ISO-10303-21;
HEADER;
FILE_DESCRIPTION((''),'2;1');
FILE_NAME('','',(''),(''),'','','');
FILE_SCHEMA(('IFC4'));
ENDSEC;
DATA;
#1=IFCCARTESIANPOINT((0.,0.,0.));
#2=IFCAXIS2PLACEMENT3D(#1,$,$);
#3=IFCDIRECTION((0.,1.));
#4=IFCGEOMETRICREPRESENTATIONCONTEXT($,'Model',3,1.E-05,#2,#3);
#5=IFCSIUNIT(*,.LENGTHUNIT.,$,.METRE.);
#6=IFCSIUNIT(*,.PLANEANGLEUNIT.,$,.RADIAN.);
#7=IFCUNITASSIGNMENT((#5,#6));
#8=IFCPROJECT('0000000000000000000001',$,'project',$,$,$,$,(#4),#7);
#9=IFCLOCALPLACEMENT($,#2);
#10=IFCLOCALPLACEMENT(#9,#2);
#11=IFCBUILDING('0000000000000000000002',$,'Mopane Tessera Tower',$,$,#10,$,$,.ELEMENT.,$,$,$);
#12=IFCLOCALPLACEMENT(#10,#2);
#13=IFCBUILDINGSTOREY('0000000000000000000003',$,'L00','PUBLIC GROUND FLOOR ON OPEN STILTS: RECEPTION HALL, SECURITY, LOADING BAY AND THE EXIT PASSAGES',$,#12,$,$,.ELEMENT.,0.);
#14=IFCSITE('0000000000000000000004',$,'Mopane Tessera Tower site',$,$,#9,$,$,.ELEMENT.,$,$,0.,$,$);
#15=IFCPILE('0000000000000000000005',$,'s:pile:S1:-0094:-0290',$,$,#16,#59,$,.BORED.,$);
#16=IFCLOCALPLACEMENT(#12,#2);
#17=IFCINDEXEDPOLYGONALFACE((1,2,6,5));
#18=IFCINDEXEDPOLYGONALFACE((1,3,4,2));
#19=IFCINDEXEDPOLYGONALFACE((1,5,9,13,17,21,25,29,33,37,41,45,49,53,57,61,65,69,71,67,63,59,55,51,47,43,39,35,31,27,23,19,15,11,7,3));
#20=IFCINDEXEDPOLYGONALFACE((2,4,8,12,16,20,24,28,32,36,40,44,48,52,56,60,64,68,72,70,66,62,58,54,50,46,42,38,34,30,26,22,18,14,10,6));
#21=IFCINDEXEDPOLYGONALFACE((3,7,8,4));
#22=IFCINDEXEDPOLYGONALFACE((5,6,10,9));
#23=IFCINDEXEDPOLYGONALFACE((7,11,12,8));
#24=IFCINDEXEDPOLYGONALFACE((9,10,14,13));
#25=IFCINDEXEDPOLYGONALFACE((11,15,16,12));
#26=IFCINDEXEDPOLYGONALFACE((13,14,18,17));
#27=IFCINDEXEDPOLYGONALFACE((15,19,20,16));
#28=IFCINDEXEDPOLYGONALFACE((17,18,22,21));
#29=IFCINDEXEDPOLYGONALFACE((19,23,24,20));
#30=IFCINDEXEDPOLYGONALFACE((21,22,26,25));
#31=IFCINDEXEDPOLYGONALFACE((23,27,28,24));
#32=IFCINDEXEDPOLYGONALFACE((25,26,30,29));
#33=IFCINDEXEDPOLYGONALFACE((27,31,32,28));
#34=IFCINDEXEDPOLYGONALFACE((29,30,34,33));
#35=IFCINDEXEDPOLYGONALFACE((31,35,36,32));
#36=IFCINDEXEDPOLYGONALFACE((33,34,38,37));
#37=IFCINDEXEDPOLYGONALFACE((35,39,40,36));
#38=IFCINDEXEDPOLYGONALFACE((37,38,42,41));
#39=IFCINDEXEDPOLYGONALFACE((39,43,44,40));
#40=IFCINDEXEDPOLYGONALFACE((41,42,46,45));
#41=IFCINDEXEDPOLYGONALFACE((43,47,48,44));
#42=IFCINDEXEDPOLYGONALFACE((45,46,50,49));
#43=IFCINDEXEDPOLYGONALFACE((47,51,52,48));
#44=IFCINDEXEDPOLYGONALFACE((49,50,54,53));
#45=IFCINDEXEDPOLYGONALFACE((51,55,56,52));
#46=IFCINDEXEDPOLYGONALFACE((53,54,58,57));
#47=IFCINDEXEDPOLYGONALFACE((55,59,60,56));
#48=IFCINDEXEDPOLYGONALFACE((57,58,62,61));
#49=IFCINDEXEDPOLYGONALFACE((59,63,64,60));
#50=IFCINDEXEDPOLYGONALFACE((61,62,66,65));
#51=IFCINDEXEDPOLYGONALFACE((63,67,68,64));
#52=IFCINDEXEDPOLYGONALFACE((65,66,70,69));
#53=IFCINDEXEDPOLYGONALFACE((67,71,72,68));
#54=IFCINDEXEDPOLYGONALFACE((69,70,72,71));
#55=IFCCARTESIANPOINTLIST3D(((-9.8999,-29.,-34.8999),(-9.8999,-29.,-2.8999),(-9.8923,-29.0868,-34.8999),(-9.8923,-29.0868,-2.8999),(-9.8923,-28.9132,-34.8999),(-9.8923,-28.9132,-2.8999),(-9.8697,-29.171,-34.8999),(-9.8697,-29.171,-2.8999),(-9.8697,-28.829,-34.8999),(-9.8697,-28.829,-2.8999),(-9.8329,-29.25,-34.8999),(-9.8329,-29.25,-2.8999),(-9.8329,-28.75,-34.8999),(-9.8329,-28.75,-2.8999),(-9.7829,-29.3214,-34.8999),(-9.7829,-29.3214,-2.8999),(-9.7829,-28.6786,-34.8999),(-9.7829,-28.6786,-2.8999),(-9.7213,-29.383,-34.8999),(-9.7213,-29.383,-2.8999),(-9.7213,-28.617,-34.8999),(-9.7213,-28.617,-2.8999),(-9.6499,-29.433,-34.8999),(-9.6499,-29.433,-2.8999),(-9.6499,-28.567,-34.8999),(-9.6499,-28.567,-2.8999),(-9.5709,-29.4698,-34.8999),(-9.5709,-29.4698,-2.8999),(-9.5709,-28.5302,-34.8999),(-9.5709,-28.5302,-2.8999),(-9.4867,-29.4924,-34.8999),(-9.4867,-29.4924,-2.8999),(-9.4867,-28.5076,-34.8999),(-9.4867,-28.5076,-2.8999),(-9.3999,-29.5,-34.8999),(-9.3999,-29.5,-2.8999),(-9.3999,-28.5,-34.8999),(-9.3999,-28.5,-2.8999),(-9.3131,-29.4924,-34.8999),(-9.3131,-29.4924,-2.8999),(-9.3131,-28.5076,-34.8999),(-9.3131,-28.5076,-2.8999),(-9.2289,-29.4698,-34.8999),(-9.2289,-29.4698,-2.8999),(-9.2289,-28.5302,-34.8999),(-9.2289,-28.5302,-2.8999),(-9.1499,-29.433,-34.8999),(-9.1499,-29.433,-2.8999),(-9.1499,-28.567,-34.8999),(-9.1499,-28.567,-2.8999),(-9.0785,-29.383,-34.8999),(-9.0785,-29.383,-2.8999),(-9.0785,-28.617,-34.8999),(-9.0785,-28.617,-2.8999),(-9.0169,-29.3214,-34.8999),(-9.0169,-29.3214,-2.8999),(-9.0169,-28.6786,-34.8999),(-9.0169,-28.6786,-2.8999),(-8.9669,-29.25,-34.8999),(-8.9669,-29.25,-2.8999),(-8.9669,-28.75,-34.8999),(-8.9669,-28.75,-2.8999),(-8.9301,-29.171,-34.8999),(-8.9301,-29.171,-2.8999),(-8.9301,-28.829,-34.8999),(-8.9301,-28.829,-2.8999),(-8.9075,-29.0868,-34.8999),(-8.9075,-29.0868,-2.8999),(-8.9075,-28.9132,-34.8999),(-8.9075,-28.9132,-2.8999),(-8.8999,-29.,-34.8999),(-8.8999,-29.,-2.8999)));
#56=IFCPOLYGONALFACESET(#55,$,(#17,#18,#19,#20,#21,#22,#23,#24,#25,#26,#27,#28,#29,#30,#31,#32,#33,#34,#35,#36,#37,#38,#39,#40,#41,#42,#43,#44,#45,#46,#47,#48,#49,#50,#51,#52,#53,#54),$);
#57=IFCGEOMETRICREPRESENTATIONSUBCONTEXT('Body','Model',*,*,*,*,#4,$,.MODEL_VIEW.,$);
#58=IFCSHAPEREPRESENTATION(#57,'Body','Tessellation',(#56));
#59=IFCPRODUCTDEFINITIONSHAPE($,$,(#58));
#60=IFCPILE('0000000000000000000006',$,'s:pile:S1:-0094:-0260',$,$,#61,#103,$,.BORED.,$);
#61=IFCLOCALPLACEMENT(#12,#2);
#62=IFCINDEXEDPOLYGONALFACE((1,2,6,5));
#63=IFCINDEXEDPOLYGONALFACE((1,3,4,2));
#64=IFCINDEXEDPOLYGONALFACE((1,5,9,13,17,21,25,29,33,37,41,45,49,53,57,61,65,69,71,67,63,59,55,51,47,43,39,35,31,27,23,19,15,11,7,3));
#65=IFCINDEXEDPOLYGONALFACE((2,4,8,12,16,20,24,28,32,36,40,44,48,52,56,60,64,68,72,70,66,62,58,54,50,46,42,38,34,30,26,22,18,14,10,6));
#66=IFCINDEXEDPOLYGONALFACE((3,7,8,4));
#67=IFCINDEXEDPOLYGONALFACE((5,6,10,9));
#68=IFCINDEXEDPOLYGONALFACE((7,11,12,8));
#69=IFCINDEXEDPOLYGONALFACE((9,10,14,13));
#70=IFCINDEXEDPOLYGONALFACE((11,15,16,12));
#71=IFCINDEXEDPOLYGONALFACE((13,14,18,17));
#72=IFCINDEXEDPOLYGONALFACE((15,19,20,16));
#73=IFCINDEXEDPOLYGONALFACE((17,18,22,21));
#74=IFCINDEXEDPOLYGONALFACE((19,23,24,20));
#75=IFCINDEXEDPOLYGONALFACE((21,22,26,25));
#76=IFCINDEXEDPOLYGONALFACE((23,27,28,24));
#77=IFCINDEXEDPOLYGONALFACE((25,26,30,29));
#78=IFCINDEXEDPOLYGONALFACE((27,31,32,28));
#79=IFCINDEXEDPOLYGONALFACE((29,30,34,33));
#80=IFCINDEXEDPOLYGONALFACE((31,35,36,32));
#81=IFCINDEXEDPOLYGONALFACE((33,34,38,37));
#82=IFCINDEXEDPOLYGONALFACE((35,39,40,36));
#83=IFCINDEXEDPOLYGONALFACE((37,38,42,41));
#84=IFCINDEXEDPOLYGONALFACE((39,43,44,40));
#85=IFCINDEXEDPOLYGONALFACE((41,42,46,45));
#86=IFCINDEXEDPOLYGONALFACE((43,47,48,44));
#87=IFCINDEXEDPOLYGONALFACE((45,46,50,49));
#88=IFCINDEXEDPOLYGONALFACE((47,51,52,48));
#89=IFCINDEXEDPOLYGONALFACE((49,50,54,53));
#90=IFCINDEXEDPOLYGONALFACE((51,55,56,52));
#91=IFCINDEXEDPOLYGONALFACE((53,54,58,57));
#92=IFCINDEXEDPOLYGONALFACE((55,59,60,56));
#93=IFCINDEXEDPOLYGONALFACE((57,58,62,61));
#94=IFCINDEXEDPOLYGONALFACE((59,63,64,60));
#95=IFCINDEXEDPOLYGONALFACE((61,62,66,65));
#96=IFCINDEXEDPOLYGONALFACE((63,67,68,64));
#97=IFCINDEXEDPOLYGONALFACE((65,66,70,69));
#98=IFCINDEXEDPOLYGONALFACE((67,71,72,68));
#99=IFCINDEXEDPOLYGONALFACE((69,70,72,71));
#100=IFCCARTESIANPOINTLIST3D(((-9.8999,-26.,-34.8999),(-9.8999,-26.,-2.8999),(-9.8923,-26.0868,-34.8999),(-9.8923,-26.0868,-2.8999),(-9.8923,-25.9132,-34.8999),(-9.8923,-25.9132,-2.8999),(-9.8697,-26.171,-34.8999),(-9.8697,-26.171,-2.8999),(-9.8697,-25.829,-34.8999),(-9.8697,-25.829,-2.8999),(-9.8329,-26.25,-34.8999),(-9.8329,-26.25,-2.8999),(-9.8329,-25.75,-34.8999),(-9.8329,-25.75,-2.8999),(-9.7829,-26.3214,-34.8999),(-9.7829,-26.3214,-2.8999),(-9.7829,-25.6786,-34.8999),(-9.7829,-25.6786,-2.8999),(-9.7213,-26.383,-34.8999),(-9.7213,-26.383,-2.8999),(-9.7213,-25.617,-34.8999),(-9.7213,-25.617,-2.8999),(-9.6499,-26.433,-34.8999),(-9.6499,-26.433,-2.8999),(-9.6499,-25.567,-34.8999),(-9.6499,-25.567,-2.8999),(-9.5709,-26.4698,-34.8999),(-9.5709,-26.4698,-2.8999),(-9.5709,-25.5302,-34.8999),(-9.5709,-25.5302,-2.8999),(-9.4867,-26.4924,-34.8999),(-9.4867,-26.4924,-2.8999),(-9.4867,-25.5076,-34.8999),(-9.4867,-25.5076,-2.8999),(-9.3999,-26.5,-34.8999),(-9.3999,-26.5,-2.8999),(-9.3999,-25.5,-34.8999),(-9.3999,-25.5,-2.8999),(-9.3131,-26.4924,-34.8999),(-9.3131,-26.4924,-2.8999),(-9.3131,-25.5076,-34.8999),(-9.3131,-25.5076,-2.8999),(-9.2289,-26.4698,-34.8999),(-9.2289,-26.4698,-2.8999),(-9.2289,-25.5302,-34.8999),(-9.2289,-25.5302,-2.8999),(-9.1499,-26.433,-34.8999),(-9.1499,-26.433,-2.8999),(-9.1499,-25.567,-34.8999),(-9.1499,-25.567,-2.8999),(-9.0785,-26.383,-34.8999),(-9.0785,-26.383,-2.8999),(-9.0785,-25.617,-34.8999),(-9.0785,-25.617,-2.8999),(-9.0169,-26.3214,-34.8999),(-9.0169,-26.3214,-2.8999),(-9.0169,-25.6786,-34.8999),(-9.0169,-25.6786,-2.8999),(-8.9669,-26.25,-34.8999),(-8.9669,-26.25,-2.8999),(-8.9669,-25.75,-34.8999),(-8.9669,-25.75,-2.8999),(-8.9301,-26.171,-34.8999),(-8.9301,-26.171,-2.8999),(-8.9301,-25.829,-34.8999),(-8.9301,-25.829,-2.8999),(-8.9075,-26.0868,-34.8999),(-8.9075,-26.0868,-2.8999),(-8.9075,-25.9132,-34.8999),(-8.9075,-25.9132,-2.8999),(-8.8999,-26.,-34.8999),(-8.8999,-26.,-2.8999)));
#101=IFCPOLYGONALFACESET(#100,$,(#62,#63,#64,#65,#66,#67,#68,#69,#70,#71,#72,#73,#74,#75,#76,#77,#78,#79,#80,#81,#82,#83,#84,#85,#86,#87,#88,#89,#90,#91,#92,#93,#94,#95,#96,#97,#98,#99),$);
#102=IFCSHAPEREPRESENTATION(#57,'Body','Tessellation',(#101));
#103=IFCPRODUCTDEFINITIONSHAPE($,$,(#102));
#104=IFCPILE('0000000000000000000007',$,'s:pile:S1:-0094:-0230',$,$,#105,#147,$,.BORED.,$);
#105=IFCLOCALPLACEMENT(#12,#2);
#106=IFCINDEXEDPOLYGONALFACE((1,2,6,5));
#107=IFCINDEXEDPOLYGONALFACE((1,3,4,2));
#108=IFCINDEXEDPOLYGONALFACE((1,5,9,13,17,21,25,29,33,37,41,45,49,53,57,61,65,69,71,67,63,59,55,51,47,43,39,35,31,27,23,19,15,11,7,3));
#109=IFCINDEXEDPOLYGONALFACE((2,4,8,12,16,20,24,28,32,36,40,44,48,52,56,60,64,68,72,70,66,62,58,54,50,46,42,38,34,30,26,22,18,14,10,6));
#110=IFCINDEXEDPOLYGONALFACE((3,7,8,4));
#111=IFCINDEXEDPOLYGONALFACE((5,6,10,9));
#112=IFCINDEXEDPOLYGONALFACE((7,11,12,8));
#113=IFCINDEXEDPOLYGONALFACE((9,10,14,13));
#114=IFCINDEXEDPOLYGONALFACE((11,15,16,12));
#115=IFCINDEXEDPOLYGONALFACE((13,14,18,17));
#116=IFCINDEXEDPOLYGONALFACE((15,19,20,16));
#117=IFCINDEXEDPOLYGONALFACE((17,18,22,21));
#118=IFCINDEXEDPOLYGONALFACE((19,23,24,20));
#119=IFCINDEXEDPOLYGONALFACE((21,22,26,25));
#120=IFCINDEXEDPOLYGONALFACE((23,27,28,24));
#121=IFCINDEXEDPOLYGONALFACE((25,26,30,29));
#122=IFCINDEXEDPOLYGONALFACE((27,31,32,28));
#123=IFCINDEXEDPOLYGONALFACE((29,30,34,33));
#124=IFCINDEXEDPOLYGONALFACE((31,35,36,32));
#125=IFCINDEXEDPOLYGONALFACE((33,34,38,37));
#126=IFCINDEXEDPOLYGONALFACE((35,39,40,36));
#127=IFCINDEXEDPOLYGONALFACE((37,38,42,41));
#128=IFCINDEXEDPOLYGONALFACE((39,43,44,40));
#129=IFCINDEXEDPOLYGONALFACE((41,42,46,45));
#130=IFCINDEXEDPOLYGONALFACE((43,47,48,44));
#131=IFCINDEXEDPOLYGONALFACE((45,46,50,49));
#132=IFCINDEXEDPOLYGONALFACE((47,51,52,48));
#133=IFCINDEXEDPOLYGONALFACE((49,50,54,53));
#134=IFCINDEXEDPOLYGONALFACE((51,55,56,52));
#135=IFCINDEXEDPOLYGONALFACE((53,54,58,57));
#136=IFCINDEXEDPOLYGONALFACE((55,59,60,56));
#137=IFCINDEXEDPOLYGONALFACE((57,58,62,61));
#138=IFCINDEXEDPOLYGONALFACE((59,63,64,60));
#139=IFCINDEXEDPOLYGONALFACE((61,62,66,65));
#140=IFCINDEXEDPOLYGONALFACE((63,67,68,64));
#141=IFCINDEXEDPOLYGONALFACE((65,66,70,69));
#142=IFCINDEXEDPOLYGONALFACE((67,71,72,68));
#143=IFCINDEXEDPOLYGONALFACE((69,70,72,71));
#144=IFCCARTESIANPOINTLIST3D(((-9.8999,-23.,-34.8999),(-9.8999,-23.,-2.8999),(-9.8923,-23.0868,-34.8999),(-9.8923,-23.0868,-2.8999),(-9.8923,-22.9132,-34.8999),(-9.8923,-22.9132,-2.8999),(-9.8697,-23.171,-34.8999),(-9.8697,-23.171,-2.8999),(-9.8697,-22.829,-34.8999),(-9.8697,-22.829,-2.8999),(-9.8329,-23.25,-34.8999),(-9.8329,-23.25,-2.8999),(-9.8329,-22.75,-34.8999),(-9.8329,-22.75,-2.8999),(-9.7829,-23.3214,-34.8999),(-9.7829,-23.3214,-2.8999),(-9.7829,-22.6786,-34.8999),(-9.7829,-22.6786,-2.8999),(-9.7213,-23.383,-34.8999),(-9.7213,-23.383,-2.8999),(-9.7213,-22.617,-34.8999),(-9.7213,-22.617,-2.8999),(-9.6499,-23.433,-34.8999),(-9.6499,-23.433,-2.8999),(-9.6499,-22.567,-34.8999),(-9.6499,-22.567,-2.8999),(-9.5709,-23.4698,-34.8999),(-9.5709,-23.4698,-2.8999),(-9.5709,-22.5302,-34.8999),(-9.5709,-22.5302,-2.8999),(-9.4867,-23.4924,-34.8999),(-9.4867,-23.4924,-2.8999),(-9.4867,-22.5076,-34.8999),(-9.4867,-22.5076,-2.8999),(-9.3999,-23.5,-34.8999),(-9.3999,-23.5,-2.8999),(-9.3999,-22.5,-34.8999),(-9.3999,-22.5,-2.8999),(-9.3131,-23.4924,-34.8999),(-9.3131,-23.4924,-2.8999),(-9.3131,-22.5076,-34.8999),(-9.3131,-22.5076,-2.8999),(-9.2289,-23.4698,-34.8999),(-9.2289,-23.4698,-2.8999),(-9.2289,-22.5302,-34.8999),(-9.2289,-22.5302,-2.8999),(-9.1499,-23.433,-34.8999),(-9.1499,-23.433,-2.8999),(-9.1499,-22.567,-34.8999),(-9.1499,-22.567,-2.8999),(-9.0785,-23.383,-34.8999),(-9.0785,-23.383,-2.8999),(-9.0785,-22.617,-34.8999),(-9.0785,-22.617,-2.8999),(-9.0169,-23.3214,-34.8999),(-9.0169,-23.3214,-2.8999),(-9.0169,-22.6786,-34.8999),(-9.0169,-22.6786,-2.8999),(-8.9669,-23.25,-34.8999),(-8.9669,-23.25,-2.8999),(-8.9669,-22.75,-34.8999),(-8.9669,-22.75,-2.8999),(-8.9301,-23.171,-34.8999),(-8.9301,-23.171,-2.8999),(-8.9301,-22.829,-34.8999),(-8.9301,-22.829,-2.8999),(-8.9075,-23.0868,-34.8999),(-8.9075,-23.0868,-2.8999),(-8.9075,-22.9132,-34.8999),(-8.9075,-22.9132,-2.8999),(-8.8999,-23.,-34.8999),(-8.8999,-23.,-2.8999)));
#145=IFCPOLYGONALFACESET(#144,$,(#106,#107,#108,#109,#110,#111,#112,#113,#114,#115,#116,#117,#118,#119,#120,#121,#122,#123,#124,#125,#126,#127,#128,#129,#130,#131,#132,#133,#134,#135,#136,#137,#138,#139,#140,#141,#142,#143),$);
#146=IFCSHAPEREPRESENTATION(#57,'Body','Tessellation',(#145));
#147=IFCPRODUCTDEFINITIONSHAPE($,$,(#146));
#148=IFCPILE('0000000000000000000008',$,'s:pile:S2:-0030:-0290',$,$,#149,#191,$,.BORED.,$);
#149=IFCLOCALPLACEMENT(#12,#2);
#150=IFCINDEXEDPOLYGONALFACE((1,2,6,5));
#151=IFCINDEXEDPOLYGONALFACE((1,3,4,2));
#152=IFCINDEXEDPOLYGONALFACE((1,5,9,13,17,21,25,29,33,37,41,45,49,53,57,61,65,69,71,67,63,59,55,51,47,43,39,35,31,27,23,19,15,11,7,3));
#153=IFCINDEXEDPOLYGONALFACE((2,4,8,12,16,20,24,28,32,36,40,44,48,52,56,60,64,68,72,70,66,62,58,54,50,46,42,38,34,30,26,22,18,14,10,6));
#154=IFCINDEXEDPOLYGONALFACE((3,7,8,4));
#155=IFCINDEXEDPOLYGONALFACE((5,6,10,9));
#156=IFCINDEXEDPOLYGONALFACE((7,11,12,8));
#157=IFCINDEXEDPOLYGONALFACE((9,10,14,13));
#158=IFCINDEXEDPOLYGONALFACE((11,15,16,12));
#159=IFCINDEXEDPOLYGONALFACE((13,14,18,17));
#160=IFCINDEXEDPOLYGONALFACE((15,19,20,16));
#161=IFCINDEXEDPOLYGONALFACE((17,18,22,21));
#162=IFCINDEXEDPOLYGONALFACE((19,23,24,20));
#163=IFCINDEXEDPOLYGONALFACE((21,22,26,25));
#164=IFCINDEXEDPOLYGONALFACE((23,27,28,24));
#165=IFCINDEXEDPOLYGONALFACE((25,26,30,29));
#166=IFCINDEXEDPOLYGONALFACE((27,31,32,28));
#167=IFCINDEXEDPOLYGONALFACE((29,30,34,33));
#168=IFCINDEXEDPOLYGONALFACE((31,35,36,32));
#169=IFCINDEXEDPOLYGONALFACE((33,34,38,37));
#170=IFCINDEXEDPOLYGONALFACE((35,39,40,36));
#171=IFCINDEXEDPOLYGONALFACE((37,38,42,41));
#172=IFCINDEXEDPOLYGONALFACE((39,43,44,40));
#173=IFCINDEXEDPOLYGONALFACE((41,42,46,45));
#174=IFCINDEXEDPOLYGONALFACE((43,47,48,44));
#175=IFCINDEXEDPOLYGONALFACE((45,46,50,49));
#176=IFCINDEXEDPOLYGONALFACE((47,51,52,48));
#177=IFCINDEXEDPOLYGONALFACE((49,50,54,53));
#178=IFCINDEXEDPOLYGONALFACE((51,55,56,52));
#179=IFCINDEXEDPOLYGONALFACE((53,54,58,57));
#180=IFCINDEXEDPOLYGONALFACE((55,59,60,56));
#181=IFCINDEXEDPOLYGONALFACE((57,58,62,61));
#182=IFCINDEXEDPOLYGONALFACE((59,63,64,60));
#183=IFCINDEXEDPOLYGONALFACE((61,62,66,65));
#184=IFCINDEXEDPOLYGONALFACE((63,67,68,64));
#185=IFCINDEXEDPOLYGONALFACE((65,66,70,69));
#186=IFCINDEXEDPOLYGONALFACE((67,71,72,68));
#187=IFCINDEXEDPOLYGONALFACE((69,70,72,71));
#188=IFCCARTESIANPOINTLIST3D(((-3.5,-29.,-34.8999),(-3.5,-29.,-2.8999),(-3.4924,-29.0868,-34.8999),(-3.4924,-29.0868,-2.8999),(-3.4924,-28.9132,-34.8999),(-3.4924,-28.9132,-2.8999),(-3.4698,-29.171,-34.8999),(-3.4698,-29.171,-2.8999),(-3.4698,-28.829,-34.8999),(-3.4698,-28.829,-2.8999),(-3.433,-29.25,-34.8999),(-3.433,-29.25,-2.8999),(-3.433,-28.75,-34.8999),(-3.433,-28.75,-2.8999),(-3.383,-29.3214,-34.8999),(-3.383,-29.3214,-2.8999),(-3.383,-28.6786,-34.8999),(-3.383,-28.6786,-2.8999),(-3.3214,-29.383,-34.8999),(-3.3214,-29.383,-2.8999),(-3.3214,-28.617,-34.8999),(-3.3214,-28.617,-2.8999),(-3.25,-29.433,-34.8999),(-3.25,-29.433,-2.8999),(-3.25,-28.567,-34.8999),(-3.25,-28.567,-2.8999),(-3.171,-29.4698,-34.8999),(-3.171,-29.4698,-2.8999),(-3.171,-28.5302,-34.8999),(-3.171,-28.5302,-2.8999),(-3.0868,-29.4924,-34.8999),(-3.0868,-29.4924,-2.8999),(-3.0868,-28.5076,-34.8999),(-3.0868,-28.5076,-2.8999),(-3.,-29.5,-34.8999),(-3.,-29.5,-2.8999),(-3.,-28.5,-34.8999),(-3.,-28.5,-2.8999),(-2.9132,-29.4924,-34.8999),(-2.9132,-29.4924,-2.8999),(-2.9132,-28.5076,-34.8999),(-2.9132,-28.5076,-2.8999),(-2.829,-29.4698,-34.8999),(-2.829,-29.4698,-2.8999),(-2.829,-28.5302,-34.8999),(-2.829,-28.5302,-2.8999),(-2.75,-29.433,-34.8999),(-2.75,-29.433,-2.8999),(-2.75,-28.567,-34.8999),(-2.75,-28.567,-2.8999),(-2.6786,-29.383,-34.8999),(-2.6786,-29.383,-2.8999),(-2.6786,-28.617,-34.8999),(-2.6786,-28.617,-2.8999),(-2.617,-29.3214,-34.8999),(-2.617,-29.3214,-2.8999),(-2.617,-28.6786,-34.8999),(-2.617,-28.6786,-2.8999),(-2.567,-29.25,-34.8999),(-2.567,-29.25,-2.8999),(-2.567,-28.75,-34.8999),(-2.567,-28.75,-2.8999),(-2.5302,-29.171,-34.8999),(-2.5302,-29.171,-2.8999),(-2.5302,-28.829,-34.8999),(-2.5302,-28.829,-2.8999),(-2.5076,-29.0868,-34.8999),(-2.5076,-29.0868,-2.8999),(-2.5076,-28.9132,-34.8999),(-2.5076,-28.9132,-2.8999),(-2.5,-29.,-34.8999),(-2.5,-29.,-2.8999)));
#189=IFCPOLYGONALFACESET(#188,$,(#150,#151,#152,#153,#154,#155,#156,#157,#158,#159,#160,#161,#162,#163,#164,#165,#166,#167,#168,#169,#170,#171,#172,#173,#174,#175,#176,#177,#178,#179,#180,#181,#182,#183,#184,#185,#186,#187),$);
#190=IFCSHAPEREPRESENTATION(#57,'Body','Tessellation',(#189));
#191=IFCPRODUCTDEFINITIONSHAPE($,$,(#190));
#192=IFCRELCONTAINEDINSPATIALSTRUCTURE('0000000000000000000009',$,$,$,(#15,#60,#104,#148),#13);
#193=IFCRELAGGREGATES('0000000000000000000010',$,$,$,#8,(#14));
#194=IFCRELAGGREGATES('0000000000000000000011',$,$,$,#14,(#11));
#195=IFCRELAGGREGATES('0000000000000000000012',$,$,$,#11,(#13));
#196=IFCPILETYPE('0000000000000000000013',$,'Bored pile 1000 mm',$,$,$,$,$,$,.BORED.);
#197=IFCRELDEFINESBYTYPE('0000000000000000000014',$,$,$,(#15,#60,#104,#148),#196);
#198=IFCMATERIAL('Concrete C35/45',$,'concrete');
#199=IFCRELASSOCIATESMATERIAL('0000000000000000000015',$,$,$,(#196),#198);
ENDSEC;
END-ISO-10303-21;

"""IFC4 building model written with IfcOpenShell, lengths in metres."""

from ifc_helpers import new_model, si_unit, direction, frame, origin, origin_2d, place, context, subcontext, project, spatial, circle, extrude, material, material_profile, profile_set, type_object, element, save


model = new_model("IFC4")

# Units and contexts
model_context = context("Model", 3, precision=1e-05, world=origin(), true_north=direction((0.0, 1.0)))
body_context = subcontext(model_context, "Body", "Model", "MODEL_VIEW")
ifc_project = project(units=[si_unit("LENGTHUNIT", "METRE"), si_unit("PLANEANGLEUNIT", "RADIAN")], contexts=[model_context])

# Site, building, storey
site_placement = place(None, origin())
site = spatial("IfcSite", under=ifc_project, at=site_placement, Name="Mopane Tessera Tower site", CompositionType="ELEMENT", RefElevation=0.0)
building_placement = place(site_placement, origin())
building = spatial("IfcBuilding", under=site, at=building_placement, Name="Mopane Tessera Tower", CompositionType="ELEMENT")
storey_placement = place(building_placement, origin())
storey = spatial("IfcBuildingStorey", under=building, at=storey_placement, Name="L00", Description="PUBLIC GROUND FLOOR ON OPEN STILTS: RECEPTION HALL, SECURITY, LOADING BAY AND THE EXIT PASSAGES", CompositionType="ELEMENT", Elevation=0.0)

# Piles
ifc_material_1 = material(Name="Concrete C35/45", Category="concrete")
ifc_material_profile_1 = material_profile(ifc_material_1, circle(Radius=0.5, at=origin_2d()))
ifc_profile_set_1 = profile_set([ifc_material_profile_1], Name="Concrete C35/45")
pile_type_1 = type_object("IfcPileType", Name="Bored pile 1000 mm", PredefinedType="BORED", material=ifc_profile_set_1)
for number, where, z_axis, x_axis, name in (
    (1, (-9.3999, -29.0, -2.8999), (0.0, 0.0, -1.0), (1.0, 0.0, 0.0), "s:pile:S1:-0094:-0290"),
    (2, (-9.3999, -26.0, -2.8999), (0.0, 0.0, -1.0), (1.0, 0.0, 0.0), "s:pile:S1:-0094:-0260"),
    (3, (-9.3999, -23.0, -2.8999), (0.0, 0.0, -1.0), (1.0, 0.0, 0.0), "s:pile:S1:-0094:-0230"),
    (4, (-3.0, -29.0, -2.8999), (0.0, 0.0, -1.0), (1.0, 0.0, 0.0), "s:pile:S2:-0030:-0290"),
):
    element("IfcPile", number, at=place(storey_placement, frame(where, z_axis=z_axis, x_axis=x_axis)), inside=storey, type_object=pile_type_1, Name=name, PredefinedType="BORED", context=body_context, shape_type="SweptSolid", body=[
        extrude(circle(Radius=0.5, at=origin_2d()), origin(), (0.0, 0.0, 1.0), 32.0),
    ])

save(model, "model.ifc")
